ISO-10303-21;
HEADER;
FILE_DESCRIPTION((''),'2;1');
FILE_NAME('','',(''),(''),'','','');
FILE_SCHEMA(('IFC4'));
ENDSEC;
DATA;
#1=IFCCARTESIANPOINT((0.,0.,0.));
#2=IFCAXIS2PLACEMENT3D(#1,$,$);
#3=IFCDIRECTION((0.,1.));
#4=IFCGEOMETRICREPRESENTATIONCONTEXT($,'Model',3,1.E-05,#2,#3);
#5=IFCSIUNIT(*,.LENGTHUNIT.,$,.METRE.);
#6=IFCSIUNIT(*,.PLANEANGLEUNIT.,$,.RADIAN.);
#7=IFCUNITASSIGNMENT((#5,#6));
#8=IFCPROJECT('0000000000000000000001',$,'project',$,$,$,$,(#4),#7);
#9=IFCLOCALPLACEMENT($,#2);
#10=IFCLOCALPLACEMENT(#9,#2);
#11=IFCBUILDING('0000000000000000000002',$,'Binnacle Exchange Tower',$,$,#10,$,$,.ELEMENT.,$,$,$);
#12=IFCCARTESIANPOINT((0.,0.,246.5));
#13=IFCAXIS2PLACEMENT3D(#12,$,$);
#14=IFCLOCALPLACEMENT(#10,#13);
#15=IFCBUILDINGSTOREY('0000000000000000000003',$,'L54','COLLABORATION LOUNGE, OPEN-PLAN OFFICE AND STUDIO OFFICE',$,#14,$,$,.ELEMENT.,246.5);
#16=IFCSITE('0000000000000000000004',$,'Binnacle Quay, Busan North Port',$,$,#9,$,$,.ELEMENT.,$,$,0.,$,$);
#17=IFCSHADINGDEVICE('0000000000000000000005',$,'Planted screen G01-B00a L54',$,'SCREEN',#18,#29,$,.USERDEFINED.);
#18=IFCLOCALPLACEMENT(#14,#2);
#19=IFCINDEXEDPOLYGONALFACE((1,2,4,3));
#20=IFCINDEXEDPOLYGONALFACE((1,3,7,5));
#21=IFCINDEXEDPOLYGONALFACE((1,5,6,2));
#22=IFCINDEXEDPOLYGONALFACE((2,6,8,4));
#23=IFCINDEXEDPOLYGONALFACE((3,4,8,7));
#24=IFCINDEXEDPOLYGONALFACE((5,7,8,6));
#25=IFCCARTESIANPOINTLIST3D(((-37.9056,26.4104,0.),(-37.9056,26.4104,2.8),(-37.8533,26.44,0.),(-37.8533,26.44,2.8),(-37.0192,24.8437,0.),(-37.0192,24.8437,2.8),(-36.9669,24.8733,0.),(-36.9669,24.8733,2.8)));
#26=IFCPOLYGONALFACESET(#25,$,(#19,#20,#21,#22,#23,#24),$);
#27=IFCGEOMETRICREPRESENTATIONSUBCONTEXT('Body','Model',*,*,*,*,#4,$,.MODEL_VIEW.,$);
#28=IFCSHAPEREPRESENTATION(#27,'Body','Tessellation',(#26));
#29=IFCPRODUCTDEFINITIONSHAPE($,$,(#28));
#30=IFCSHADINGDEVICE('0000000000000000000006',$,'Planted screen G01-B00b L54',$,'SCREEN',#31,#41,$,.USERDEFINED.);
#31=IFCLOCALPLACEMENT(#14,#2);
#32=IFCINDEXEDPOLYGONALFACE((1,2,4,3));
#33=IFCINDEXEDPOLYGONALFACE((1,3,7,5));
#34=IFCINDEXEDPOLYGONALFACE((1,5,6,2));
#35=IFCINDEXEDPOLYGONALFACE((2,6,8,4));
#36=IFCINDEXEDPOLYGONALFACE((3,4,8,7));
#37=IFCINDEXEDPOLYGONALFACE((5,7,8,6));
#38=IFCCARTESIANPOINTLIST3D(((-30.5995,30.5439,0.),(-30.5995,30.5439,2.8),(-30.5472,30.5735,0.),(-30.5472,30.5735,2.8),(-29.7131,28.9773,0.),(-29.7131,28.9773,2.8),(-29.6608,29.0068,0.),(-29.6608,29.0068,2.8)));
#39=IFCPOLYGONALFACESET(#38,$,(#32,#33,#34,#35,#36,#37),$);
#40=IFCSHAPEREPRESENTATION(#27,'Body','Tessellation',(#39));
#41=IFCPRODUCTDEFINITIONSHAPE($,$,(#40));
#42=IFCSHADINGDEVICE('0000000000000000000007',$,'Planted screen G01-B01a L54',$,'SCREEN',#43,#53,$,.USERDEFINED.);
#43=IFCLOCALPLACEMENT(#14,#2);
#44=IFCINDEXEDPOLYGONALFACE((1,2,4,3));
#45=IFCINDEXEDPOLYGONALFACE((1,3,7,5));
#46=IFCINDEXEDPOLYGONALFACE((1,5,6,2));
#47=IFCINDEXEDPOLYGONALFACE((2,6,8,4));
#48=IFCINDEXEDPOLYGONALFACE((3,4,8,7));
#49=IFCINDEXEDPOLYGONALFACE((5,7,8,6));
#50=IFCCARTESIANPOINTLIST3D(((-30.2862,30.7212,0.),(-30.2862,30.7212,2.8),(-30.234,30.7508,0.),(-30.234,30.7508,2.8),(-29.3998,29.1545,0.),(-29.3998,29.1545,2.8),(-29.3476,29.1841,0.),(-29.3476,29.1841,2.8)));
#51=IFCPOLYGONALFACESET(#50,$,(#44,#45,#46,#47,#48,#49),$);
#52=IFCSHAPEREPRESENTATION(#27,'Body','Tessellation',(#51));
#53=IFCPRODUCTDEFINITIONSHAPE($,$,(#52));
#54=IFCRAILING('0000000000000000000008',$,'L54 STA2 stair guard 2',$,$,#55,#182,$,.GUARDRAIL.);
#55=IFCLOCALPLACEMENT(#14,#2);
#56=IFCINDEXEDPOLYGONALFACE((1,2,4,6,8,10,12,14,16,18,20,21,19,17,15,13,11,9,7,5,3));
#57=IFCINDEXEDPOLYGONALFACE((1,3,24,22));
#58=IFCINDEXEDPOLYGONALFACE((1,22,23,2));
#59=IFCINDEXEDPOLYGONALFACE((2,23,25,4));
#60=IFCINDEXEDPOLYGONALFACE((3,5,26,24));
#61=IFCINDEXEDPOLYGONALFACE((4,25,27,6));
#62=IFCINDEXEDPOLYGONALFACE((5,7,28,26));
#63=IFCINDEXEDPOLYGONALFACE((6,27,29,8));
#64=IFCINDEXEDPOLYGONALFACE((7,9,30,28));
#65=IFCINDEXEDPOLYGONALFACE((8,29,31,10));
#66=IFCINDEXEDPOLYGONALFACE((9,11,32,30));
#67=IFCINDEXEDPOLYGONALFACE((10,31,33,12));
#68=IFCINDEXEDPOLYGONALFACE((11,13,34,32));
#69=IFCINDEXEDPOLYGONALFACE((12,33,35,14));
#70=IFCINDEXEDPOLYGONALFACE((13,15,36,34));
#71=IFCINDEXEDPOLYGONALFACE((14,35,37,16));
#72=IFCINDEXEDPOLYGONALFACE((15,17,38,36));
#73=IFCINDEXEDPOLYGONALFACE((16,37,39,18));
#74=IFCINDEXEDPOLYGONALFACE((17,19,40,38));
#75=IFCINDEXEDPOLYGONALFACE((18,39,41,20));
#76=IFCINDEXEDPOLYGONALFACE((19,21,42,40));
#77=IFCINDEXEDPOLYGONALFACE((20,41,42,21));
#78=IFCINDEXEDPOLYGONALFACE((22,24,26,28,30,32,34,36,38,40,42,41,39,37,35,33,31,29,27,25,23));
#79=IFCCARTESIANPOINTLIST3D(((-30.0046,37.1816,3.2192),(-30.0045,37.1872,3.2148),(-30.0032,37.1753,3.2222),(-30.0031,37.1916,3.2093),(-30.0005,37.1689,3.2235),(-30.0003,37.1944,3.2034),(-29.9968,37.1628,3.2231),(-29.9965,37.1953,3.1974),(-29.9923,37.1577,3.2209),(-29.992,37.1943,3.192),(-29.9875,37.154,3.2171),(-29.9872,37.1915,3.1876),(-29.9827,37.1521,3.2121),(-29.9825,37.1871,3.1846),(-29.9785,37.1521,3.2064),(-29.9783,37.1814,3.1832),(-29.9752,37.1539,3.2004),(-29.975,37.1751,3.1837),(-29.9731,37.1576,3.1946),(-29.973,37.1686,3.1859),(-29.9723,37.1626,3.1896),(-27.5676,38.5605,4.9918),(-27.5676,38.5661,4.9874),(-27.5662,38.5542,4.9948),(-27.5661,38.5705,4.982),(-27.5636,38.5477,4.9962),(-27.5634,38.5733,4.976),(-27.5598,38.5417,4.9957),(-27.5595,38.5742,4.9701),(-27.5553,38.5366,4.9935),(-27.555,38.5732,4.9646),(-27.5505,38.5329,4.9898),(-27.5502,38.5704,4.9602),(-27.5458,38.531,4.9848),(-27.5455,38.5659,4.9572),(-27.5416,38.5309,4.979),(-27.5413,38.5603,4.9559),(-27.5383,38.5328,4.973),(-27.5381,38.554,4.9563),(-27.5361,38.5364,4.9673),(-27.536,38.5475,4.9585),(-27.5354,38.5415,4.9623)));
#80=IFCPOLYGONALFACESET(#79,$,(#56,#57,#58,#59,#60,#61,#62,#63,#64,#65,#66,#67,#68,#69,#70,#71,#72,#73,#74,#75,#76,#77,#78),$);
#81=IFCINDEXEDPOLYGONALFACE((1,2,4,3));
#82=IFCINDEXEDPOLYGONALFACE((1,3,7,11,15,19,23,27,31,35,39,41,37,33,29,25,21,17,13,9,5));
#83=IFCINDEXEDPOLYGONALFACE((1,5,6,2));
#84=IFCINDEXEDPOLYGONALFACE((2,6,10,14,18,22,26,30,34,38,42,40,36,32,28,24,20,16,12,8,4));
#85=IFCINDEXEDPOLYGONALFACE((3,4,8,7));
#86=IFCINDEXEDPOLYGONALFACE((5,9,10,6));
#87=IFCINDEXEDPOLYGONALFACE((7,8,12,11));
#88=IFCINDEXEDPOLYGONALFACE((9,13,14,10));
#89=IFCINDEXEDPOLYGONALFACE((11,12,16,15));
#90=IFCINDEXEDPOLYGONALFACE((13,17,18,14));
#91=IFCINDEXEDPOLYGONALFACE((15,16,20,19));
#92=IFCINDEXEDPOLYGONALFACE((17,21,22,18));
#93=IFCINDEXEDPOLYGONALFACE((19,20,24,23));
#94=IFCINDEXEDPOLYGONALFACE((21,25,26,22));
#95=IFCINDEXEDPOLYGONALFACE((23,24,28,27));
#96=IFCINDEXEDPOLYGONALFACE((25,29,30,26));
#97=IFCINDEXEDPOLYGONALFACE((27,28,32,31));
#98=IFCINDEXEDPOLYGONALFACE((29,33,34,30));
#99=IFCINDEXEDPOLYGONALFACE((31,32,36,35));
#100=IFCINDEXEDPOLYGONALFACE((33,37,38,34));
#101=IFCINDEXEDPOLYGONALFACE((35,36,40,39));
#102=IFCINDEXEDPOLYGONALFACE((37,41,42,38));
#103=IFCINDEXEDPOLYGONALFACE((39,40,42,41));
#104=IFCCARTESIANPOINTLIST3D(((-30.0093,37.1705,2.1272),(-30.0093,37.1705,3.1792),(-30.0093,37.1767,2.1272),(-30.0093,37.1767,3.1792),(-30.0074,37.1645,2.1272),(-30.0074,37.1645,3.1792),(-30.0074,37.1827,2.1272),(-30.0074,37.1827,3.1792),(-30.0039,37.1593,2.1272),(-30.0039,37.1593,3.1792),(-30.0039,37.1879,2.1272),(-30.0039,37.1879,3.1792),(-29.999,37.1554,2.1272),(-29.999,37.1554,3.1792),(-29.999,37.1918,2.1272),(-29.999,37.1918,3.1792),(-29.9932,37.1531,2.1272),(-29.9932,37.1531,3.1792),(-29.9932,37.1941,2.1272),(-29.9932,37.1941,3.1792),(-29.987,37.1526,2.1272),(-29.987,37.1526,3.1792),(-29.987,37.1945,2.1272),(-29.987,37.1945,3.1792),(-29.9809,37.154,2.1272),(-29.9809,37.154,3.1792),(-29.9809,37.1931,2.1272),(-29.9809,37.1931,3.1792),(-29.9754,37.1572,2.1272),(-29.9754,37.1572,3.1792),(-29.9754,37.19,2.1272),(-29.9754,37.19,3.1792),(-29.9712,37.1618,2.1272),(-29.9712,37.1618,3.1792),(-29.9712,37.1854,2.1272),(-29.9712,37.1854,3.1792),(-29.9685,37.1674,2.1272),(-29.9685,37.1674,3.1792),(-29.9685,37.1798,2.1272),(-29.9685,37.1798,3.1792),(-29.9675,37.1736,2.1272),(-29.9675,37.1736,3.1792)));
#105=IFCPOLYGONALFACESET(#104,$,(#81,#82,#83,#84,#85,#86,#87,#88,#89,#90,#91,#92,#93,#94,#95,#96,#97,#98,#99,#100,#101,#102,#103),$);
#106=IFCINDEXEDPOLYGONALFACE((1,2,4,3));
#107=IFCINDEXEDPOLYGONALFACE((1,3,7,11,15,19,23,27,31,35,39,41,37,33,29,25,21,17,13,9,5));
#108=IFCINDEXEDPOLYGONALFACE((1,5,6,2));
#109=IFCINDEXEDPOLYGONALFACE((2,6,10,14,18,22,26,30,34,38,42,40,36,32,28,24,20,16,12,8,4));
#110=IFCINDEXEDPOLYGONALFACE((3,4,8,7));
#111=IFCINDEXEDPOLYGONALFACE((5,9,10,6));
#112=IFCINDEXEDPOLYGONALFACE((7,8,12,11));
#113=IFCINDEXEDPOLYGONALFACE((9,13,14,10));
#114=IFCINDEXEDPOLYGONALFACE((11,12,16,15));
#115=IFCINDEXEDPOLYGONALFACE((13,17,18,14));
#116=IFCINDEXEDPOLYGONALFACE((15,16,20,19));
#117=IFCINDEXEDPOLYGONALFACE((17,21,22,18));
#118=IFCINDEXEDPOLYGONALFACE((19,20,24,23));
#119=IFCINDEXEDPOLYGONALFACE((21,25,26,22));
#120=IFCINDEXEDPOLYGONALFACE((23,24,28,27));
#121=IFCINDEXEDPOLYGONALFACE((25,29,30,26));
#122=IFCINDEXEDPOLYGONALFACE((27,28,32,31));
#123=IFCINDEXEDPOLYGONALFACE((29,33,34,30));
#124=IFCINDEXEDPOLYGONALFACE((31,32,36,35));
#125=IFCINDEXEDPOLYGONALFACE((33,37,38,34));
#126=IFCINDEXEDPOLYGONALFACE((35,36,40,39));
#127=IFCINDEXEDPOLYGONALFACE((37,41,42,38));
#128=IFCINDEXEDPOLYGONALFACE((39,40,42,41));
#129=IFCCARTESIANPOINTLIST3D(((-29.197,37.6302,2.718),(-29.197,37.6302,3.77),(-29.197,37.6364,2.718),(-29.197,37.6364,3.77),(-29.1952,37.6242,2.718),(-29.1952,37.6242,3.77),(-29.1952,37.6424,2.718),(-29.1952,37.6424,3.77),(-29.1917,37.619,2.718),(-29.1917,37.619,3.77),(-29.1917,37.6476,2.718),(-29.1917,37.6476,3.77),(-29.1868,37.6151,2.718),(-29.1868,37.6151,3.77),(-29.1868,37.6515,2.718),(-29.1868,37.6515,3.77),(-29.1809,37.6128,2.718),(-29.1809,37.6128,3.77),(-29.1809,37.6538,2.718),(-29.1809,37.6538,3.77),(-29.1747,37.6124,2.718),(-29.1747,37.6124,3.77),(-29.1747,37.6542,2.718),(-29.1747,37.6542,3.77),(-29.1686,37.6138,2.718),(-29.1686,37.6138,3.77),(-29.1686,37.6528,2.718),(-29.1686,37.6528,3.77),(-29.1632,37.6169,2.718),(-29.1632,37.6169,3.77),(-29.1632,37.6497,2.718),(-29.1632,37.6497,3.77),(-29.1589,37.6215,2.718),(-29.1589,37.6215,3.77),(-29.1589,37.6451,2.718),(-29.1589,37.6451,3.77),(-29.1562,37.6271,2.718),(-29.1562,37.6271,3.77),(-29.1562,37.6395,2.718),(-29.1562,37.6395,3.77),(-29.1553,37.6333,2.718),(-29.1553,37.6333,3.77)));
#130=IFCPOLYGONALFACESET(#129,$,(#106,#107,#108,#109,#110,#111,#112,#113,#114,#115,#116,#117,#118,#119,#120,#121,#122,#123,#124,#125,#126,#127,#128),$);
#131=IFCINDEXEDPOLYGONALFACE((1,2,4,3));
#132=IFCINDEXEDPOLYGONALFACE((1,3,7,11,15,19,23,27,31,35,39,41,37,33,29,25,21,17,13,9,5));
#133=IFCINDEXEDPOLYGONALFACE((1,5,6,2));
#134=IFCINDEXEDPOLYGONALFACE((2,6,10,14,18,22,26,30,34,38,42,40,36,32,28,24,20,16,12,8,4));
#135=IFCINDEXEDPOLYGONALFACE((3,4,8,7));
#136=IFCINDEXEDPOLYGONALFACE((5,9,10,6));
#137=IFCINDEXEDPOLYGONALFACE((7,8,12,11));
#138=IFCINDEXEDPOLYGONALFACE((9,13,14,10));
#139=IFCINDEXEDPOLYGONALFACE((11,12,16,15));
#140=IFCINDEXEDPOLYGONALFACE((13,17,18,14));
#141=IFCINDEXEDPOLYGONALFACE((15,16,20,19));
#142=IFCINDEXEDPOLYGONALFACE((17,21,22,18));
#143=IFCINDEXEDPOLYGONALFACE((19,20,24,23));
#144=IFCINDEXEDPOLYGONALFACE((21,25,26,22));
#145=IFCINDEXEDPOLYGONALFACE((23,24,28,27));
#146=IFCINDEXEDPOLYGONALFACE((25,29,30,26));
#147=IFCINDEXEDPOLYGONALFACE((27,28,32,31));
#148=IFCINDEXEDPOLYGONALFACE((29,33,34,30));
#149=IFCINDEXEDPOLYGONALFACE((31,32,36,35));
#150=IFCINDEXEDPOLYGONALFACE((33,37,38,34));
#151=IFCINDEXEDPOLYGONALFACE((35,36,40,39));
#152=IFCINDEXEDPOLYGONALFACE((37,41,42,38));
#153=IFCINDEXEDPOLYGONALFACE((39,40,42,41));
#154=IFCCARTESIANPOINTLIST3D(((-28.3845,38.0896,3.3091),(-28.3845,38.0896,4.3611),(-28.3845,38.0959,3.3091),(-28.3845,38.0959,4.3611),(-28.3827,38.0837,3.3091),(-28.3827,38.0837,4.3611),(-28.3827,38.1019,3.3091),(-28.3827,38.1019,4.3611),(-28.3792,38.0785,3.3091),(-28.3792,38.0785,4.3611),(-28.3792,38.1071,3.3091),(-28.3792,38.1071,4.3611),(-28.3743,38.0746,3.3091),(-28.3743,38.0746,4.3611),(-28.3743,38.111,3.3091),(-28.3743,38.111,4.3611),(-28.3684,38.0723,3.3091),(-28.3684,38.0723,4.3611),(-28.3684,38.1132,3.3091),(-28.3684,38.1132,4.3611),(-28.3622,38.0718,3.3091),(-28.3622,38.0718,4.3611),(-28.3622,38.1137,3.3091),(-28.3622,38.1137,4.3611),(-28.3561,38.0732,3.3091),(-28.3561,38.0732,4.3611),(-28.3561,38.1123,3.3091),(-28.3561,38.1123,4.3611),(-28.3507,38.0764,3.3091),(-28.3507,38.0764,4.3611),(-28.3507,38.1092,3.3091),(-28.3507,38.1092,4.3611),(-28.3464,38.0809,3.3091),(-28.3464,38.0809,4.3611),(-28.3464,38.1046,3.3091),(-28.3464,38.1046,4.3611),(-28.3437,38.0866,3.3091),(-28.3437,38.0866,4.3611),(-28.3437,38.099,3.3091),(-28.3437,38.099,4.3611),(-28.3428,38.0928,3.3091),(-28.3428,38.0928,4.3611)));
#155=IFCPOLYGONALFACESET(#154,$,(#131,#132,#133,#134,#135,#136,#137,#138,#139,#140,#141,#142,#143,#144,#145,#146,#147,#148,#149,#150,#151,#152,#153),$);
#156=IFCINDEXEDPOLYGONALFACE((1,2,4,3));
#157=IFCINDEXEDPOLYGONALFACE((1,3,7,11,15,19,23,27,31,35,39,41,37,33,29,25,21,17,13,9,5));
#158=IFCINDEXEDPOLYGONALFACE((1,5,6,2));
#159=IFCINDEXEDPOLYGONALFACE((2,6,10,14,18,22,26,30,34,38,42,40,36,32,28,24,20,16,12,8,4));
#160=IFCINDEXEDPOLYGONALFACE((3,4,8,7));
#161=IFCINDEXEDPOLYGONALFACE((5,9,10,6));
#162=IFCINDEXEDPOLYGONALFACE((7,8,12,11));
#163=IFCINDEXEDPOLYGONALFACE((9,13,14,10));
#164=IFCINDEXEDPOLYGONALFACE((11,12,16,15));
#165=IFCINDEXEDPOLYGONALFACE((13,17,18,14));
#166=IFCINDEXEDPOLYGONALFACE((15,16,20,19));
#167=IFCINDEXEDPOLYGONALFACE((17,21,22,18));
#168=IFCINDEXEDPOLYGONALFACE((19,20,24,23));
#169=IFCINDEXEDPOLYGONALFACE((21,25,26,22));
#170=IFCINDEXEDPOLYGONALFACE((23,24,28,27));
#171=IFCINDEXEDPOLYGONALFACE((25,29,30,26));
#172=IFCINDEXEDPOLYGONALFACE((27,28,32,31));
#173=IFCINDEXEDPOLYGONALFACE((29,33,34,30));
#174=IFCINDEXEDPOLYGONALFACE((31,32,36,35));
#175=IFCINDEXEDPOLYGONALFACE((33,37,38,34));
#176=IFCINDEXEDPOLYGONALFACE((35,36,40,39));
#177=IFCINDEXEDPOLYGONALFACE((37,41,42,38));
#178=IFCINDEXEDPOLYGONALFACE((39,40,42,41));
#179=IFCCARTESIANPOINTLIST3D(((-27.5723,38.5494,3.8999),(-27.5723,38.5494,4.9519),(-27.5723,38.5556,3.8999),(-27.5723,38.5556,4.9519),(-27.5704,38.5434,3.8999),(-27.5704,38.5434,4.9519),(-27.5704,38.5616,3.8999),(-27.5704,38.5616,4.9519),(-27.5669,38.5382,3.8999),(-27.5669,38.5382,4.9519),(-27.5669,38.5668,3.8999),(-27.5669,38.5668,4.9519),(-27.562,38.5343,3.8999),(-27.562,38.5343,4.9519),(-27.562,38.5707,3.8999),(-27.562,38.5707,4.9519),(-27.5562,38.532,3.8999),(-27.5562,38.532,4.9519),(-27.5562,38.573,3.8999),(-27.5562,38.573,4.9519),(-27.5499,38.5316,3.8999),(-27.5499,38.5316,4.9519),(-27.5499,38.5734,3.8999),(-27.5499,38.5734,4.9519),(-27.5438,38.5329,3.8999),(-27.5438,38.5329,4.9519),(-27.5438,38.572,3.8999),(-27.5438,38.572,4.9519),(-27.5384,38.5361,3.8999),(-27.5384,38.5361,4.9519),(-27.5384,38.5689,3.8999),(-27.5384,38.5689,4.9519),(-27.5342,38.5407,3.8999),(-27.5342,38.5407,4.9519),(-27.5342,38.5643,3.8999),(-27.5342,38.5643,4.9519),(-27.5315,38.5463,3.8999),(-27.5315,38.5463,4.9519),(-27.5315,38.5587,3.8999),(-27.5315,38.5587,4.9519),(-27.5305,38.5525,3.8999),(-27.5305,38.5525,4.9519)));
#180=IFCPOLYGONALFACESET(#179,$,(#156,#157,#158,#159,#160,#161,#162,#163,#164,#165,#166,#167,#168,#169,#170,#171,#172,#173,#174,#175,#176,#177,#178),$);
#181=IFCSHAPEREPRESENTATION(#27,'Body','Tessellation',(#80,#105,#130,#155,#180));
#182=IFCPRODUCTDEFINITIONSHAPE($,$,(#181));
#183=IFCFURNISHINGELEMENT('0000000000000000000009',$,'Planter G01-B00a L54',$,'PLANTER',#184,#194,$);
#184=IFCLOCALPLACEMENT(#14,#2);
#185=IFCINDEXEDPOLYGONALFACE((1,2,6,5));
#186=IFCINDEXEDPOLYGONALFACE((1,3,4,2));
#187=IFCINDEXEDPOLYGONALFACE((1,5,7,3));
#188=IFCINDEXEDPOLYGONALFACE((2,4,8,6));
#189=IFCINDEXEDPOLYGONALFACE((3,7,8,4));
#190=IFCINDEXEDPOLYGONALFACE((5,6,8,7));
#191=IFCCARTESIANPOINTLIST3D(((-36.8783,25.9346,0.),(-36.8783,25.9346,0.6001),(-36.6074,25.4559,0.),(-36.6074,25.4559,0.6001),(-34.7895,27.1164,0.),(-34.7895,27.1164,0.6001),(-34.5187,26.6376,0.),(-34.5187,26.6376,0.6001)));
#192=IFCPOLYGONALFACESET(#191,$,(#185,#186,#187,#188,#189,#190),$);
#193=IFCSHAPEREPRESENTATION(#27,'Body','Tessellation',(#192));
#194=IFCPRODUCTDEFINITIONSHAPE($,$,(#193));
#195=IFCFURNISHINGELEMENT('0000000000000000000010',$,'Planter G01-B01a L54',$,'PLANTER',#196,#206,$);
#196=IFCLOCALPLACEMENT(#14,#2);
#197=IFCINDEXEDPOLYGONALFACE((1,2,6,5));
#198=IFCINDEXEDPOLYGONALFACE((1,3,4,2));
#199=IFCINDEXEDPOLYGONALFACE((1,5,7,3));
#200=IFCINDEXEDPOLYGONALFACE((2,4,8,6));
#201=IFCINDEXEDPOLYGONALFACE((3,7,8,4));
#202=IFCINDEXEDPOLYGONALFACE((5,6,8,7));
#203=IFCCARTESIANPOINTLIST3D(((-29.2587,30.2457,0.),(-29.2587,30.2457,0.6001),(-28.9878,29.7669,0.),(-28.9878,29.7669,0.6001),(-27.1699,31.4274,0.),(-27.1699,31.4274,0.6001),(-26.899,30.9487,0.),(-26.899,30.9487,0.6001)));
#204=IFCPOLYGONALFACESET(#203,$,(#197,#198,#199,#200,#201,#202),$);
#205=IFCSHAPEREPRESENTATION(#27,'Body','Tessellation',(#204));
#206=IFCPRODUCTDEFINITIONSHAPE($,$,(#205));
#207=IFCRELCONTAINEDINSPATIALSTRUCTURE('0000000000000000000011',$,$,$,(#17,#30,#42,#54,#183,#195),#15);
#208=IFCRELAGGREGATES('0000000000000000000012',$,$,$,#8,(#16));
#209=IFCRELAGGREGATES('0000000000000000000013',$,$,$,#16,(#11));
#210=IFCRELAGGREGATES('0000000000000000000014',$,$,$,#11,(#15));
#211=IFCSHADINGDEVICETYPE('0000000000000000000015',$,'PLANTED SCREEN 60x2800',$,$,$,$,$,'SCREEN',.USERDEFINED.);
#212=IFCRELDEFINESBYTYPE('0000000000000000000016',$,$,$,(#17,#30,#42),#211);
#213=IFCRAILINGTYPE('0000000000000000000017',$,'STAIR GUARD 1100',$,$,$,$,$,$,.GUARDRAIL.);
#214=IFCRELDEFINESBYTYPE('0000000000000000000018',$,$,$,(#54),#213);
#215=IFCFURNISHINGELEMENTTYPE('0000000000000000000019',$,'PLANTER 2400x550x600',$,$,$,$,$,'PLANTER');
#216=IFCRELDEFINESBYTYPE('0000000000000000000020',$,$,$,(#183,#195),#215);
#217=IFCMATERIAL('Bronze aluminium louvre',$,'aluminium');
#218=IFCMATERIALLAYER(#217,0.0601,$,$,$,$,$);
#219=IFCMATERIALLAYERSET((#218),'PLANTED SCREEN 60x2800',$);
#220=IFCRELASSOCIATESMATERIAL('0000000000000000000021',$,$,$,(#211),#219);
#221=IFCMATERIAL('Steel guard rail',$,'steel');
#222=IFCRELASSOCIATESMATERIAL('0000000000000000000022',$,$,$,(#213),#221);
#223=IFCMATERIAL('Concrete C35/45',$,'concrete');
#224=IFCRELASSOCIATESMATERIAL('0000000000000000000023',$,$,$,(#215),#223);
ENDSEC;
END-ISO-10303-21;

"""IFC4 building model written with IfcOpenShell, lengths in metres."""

from ifc_helpers import new_model, si_unit, direction, frame, origin, origin_2d, place, context, subcontext, project, spatial, rectangle, circle, extrude, material, layer, layer_set, type_object, element, save


model = new_model("IFC4")

# Units and contexts
model_context = context("Model", 3, precision=1e-05, world=origin(), true_north=direction((0.0, 1.0)))
body_context = subcontext(model_context, "Body", "Model", "MODEL_VIEW")
ifc_project = project(units=[si_unit("LENGTHUNIT", "METRE"), si_unit("PLANEANGLEUNIT", "RADIAN")], contexts=[model_context])

# Site, building, storey
site_placement = place(None, origin())
site = spatial("IfcSite", under=ifc_project, at=site_placement, Name="Binnacle Quay, Busan North Port", CompositionType="ELEMENT", RefElevation=0.0)
building_placement = place(site_placement, origin())
building = spatial("IfcBuilding", under=site, at=building_placement, Name="Binnacle Exchange Tower", CompositionType="ELEMENT")
storey_placement = place(building_placement, frame((0.0, 0.0, 246.5)))
storey = spatial("IfcBuildingStorey", under=building, at=storey_placement, Name="L54", Description="COLLABORATION LOUNGE, OPEN-PLAN OFFICE AND STUDIO OFFICE", CompositionType="ELEMENT", Elevation=246.5)

# Shared definitions
ifc_material_1 = material(Name="Concrete C35/45", Category="concrete")

# Shading devices
ifc_material_2 = material(Name="Bronze aluminium louvre", Category="aluminium")
ifc_layer_1 = layer(ifc_material_2, 0.0601)
ifc_layer_set_1 = layer_set([ifc_layer_1], Name="PLANTED SCREEN 60x2800")
shading_device_type = type_object("IfcShadingDeviceType", Name="PLANTED SCREEN 60x2800", ElementType="SCREEN", PredefinedType="USERDEFINED", material=ifc_layer_set_1)
for number, where, z_axis, x_axis, name in (
    (1, (-37.4363, 25.6418, 0.0), (0.0, 0.0, 1.0), (0.870356, 0.492424, 0.0), "Planted screen G01-B00a L54"),
    (2, (-30.1301, 29.7754, 0.0), (0.0, 0.0, 1.0), (0.870356, 0.492424, 0.0), "Planted screen G01-B00b L54"),
    (3, (-29.8169, 29.9526, 0.0), (0.0, 0.0, 1.0), (0.870356, 0.492424, 0.0), "Planted screen G01-B01a L54"),
):
    element("IfcShadingDevice", number, at=place(storey_placement, frame(where, z_axis=z_axis, x_axis=x_axis)), inside=storey, type_object=shading_device_type, Name=name, ObjectType="SCREEN", PredefinedType="USERDEFINED", context=body_context, shape_type="SweptSolid", body=[
        extrude(rectangle(XDim=0.0601, YDim=1.8, at=origin_2d()), origin(), (0.0, 0.0, 1.0), 2.8),
    ])

# Railing
ifc_material_3 = material(Name="Steel guard rail", Category="steel")
railing_type_1 = type_object("IfcRailingType", Name="STAIR GUARD 1100", PredefinedType="GUARDRAIL", material=ifc_material_3)
railing_1_placement = place(storey_placement, frame((-29.9885, 37.1736, 2.1272)))
element("IfcRailing", 4, at=railing_1_placement, inside=storey, type_object=railing_type_1, Name="L54 STA2 stair guard 2", PredefinedType="GUARDRAIL", context=body_context, shape_type="SweptSolid", body=[
    extrude(circle(Radius=0.0239, at=origin_2d()), frame((0.0, 0.0, 1.0762), z_axis=(0.735359, 0.41608, 0.534907), x_axis=(-0.492454, 0.870339, 0.0)), (0.0, 0.0, 1.0), 3.314),
    extrude(circle(Radius=0.021, at=origin_2d()), origin(), (0.0, 0.0, 1.0), 1.052),
    extrude(circle(Radius=0.021, at=origin_2d()), frame((0.8123, 0.4597, 0.5908)), (0.0, 0.0, 1.0), 1.052),
    extrude(circle(Radius=0.021, at=origin_2d()), frame((1.6248, 0.9192, 1.1819)), (0.0, 0.0, 1.0), 1.052),
    extrude(circle(Radius=0.021, at=origin_2d()), frame((2.437, 1.3789, 1.7727)), (0.0, 0.0, 1.0), 1.052),
])

# Furnishing elements
furnishing_element_type = type_object("IfcFurnishingElementType", Name="PLANTER 2400x550x600", ElementType="PLANTER", material=ifc_material_1)
for number, where, z_axis, x_axis, name in (
    (5, (-35.6985, 26.2861, 0.0), (0.0, 0.0, 1.0), (0.870356, 0.492424, 0.0), "Planter G01-B00a L54"),
    (6, (-28.0789, 30.5972, 0.0), (0.0, 0.0, 1.0), (0.870356, 0.492424, 0.0), "Planter G01-B01a L54"),
):
    element("IfcFurnishingElement", number, at=place(storey_placement, frame(where, z_axis=z_axis, x_axis=x_axis)), inside=storey, type_object=furnishing_element_type, Name=name, ObjectType="PLANTER", context=body_context, shape_type="SweptSolid", body=[
        extrude(rectangle(XDim=2.3999, YDim=0.55, at=origin_2d()), origin(), (0.0, 0.0, 1.0), 0.6001),
    ])

save(model, "model.ifc")
